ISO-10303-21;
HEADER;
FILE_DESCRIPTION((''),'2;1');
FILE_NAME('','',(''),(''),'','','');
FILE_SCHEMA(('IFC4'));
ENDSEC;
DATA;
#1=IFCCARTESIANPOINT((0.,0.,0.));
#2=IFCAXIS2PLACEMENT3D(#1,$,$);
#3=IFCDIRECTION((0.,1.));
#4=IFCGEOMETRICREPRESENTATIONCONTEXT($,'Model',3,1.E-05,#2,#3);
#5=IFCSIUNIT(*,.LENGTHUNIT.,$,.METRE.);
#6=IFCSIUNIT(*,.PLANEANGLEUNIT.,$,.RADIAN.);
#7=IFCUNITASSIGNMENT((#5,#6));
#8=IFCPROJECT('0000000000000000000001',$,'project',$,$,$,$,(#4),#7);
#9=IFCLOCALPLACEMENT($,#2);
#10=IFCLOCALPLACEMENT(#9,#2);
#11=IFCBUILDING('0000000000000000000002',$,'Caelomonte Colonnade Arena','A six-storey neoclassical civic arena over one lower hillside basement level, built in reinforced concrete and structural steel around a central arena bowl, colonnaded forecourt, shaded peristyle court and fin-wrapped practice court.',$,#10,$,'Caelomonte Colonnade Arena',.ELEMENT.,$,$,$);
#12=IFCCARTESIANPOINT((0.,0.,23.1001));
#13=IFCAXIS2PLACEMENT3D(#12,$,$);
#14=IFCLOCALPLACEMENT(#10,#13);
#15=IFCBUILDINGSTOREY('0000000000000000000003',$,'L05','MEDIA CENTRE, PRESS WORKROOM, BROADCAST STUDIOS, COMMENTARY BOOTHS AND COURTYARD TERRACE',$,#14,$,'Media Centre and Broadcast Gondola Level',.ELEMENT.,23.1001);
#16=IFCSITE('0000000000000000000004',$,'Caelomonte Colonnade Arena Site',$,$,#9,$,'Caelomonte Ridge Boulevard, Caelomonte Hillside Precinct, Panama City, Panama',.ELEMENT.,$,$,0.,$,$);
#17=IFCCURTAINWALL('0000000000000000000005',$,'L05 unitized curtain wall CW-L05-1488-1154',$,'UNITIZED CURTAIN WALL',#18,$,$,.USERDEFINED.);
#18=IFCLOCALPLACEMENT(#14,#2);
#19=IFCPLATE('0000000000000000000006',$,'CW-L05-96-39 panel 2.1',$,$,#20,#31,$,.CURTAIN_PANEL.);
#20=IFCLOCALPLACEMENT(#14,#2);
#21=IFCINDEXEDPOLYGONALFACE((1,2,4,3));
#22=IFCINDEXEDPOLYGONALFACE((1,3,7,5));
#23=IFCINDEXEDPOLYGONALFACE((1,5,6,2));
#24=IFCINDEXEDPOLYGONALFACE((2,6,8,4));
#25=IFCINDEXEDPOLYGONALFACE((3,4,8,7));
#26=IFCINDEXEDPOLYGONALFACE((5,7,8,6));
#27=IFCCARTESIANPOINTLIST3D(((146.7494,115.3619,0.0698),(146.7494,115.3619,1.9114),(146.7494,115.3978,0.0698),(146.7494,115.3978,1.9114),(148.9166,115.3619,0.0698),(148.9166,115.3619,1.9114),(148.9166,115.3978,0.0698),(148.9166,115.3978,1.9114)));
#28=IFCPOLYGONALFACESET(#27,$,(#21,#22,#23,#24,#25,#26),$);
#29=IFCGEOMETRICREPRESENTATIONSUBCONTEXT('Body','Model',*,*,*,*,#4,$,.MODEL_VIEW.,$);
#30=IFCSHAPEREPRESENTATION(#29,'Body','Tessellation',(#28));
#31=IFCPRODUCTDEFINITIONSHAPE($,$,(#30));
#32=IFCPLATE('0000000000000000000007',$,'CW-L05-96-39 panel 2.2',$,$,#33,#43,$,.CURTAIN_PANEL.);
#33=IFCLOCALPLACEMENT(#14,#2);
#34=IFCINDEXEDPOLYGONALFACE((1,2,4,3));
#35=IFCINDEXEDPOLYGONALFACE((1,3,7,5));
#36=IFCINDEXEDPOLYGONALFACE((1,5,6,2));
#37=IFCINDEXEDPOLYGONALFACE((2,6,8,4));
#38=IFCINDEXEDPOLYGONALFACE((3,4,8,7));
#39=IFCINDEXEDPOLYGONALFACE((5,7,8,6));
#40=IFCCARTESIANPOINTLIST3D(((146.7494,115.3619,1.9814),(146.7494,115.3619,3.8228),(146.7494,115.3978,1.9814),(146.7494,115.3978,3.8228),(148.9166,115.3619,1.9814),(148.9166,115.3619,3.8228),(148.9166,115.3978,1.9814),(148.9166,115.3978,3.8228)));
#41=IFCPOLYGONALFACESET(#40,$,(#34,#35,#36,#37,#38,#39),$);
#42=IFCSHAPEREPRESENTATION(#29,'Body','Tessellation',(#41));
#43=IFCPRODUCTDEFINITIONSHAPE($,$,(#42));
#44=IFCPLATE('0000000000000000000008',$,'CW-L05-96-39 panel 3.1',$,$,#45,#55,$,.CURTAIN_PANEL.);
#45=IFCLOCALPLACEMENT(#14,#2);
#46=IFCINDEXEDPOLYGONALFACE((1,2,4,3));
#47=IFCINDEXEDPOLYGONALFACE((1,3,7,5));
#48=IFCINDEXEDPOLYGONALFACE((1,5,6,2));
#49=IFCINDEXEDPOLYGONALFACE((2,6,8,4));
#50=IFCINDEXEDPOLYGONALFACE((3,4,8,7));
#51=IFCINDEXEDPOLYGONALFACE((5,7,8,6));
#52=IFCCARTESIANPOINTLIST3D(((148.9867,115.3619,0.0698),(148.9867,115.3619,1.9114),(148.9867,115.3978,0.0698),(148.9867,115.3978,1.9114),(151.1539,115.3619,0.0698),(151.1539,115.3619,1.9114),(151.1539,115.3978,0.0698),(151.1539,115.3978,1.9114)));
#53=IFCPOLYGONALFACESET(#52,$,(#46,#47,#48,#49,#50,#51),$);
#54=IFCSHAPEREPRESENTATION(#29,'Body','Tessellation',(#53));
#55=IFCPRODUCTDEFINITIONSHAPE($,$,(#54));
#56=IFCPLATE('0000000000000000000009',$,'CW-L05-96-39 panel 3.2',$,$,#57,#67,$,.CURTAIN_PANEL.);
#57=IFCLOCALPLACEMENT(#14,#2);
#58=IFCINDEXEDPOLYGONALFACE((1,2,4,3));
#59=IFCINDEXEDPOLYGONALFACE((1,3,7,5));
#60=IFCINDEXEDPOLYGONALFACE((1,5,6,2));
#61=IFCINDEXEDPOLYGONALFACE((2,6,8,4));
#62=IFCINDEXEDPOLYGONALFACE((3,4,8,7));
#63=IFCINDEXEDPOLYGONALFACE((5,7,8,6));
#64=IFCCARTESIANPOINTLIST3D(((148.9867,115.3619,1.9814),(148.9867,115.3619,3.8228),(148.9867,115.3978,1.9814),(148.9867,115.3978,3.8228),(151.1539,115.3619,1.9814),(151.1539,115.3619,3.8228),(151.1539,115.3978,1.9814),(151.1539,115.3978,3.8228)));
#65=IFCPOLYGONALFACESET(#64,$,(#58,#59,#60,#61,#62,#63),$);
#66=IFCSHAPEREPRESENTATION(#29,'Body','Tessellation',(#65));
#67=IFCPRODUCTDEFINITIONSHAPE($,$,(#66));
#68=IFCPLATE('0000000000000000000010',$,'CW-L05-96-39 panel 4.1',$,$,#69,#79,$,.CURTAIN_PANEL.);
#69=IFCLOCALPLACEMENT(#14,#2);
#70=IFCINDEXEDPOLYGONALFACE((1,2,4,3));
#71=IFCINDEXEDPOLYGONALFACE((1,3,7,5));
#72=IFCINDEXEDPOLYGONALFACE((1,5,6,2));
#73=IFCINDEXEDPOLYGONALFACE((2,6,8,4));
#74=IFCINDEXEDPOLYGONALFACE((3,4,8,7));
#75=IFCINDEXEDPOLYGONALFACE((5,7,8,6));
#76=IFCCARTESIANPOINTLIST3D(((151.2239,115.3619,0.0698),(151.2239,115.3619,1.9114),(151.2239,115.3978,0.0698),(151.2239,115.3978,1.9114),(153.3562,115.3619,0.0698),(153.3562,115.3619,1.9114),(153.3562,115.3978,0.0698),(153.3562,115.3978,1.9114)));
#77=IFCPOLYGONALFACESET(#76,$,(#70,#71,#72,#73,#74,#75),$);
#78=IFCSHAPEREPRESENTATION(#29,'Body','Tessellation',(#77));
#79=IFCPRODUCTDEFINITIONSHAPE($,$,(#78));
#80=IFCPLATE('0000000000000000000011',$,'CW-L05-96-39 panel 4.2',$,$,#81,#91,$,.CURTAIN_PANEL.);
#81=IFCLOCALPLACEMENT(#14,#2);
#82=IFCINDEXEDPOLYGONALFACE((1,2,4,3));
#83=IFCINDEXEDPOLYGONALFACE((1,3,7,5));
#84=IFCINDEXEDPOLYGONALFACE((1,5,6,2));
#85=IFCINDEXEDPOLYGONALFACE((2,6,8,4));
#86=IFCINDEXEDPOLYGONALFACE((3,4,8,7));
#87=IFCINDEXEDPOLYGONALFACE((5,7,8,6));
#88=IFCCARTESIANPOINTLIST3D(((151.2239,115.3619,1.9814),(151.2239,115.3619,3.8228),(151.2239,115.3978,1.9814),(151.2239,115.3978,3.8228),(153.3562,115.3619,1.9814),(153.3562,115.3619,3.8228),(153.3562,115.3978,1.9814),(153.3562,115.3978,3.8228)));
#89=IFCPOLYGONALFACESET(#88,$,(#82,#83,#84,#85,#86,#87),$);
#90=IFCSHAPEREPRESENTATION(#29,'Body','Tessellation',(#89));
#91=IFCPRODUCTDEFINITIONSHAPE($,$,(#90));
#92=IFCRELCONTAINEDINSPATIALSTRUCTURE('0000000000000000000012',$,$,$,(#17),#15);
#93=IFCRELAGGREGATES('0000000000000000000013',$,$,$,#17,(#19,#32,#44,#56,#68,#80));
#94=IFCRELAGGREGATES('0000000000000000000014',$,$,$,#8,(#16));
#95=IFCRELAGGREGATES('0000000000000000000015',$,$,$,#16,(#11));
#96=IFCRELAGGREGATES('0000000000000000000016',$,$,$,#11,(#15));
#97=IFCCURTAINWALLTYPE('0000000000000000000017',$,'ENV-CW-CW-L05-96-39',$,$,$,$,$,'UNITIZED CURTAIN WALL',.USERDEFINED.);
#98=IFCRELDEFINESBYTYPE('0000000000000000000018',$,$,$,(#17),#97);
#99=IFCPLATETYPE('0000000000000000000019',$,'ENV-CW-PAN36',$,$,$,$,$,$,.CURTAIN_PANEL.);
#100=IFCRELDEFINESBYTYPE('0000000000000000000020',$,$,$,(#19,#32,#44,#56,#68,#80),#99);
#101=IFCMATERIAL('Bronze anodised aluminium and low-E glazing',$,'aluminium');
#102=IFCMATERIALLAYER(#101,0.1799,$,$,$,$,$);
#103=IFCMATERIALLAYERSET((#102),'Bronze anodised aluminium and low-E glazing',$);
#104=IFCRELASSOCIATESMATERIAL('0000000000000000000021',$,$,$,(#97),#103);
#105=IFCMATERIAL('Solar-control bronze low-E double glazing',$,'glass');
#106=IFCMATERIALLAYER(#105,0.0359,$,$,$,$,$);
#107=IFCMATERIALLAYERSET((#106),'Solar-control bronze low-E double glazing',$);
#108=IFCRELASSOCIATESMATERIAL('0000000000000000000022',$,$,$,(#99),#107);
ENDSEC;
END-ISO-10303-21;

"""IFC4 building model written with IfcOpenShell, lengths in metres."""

from ifc_helpers import new_model, si_unit, direction, frame, origin, origin_2d, place, context, subcontext, project, spatial, rectangle, extrude, material, layer, layer_set, type_object, element, aggregate, save


model = new_model("IFC4")

# Units and contexts
model_context = context("Model", 3, precision=1e-05, world=origin(), true_north=direction((0.0, 1.0)))
body_context = subcontext(model_context, "Body", "Model", "MODEL_VIEW")
ifc_project = project(units=[si_unit("LENGTHUNIT", "METRE"), si_unit("PLANEANGLEUNIT", "RADIAN")], contexts=[model_context])

# Site, building, storey
site_placement = place(None, origin())
site = spatial("IfcSite", under=ifc_project, at=site_placement, Name="Caelomonte Colonnade Arena Site", LongName="Caelomonte Ridge Boulevard, Caelomonte Hillside Precinct, Panama City, Panama", CompositionType="ELEMENT", RefElevation=0.0)
building_placement = place(site_placement, origin())
building = spatial("IfcBuilding", under=site, at=building_placement, Name="Caelomonte Colonnade Arena", Description="A six-storey neoclassical civic arena over one lower hillside basement level, built in reinforced concrete and structural steel around a central arena bowl, colonnaded forecourt, shaded peristyle court and fin-wrapped practice court.", LongName="Caelomonte Colonnade Arena", CompositionType="ELEMENT")
storey_placement = place(building_placement, frame((0.0, 0.0, 23.1001)))
storey = spatial("IfcBuildingStorey", under=building, at=storey_placement, Name="L05", Description="MEDIA CENTRE, PRESS WORKROOM, BROADCAST STUDIOS, COMMENTARY BOOTHS AND COURTYARD TERRACE", LongName="Media Centre and Broadcast Gondola Level", CompositionType="ELEMENT", Elevation=23.1001)

# Curtain wall
ifc_material_1 = material(Name="Bronze anodised aluminium and low-E glazing", Category="aluminium")
ifc_layer_1 = layer(ifc_material_1, 0.1799)
ifc_layer_set_1 = layer_set([ifc_layer_1], Name="Bronze anodised aluminium and low-E glazing")
curtain_wall_type = type_object("IfcCurtainWallType", Name="ENV-CW-CW-L05-96-39", ElementType="UNITIZED CURTAIN WALL", PredefinedType="USERDEFINED", material=ifc_layer_set_1)
curtain_wall_placement = place(storey_placement, origin())
curtain_wall = element("IfcCurtainWall", 1, at=curtain_wall_placement, inside=storey, type_object=curtain_wall_type, Name="L05 unitized curtain wall CW-L05-1488-1154", ObjectType="UNITIZED CURTAIN WALL", PredefinedType="USERDEFINED")

# Plates
ifc_material_2 = material(Name="Solar-control bronze low-E double glazing", Category="glass")
ifc_layer_2 = layer(ifc_material_2, 0.0359)
ifc_layer_set_2 = layer_set([ifc_layer_2], Name="Solar-control bronze low-E double glazing")
plate_type = type_object("IfcPlateType", Name="ENV-CW-PAN36", PredefinedType="CURTAIN_PANEL", material=ifc_layer_set_2)
plate_1_placement = place(storey_placement, frame((147.833, 115.3799, 0.0698), z_axis=(0.0, 0.0, 1.0), x_axis=(1.0, 0.0, 0.0)))
plate_1 = element("IfcPlate", 2, at=plate_1_placement, type_object=plate_type, Name="CW-L05-96-39 panel 2.1", PredefinedType="CURTAIN_PANEL", context=body_context, shape_type="SweptSolid", body=[
    extrude(rectangle(XDim=2.1672, YDim=0.0359, at=origin_2d()), origin(), (0.0, 0.0, 1.0), 1.8416),
])
plate_2_placement = place(storey_placement, frame((147.833, 115.3799, 1.9814), z_axis=(0.0, 0.0, 1.0), x_axis=(1.0, 0.0, 0.0)))
plate_2 = element("IfcPlate", 3, at=plate_2_placement, type_object=plate_type, Name="CW-L05-96-39 panel 2.2", PredefinedType="CURTAIN_PANEL", context=body_context, shape_type="SweptSolid", body=[
    extrude(rectangle(XDim=2.1672, YDim=0.0359, at=origin_2d()), origin(), (0.0, 0.0, 1.0), 1.8413),
])
plate_3_placement = place(storey_placement, frame((150.0703, 115.3799, 0.0698), z_axis=(0.0, 0.0, 1.0), x_axis=(1.0, 0.0, 0.0)))
plate_3 = element("IfcPlate", 4, at=plate_3_placement, type_object=plate_type, Name="CW-L05-96-39 panel 3.1", PredefinedType="CURTAIN_PANEL", context=body_context, shape_type="SweptSolid", body=[
    extrude(rectangle(XDim=2.1672, YDim=0.0359, at=origin_2d()), origin(), (0.0, 0.0, 1.0), 1.8416),
])
plate_4_placement = place(storey_placement, frame((150.0703, 115.3799, 1.9814), z_axis=(0.0, 0.0, 1.0), x_axis=(1.0, 0.0, 0.0)))
plate_4 = element("IfcPlate", 5, at=plate_4_placement, type_object=plate_type, Name="CW-L05-96-39 panel 3.2", PredefinedType="CURTAIN_PANEL", context=body_context, shape_type="SweptSolid", body=[
    extrude(rectangle(XDim=2.1672, YDim=0.0359, at=origin_2d()), origin(), (0.0, 0.0, 1.0), 1.8413),
])
plate_5_placement = place(storey_placement, frame((152.29, 115.3799, 0.0698), z_axis=(0.0, 0.0, 1.0), x_axis=(1.0, 0.0, 0.0)))
plate_5 = element("IfcPlate", 6, at=plate_5_placement, type_object=plate_type, Name="CW-L05-96-39 panel 4.1", PredefinedType="CURTAIN_PANEL", context=body_context, shape_type="SweptSolid", body=[
    extrude(rectangle(XDim=2.1323, YDim=0.0359, at=origin_2d()), origin(), (0.0, 0.0, 1.0), 1.8416),
])
plate_6_placement = place(storey_placement, frame((152.29, 115.3799, 1.9814), z_axis=(0.0, 0.0, 1.0), x_axis=(1.0, 0.0, 0.0)))
plate_6 = element("IfcPlate", 7, at=plate_6_placement, type_object=plate_type, Name="CW-L05-96-39 panel 4.2", PredefinedType="CURTAIN_PANEL", context=body_context, shape_type="SweptSolid", body=[
    extrude(rectangle(XDim=2.1323, YDim=0.0359, at=origin_2d()), origin(), (0.0, 0.0, 1.0), 1.8413),
])
aggregate(curtain_wall, [plate_1, plate_2, plate_3, plate_4, plate_5, plate_6])

save(model, "model.ifc")
